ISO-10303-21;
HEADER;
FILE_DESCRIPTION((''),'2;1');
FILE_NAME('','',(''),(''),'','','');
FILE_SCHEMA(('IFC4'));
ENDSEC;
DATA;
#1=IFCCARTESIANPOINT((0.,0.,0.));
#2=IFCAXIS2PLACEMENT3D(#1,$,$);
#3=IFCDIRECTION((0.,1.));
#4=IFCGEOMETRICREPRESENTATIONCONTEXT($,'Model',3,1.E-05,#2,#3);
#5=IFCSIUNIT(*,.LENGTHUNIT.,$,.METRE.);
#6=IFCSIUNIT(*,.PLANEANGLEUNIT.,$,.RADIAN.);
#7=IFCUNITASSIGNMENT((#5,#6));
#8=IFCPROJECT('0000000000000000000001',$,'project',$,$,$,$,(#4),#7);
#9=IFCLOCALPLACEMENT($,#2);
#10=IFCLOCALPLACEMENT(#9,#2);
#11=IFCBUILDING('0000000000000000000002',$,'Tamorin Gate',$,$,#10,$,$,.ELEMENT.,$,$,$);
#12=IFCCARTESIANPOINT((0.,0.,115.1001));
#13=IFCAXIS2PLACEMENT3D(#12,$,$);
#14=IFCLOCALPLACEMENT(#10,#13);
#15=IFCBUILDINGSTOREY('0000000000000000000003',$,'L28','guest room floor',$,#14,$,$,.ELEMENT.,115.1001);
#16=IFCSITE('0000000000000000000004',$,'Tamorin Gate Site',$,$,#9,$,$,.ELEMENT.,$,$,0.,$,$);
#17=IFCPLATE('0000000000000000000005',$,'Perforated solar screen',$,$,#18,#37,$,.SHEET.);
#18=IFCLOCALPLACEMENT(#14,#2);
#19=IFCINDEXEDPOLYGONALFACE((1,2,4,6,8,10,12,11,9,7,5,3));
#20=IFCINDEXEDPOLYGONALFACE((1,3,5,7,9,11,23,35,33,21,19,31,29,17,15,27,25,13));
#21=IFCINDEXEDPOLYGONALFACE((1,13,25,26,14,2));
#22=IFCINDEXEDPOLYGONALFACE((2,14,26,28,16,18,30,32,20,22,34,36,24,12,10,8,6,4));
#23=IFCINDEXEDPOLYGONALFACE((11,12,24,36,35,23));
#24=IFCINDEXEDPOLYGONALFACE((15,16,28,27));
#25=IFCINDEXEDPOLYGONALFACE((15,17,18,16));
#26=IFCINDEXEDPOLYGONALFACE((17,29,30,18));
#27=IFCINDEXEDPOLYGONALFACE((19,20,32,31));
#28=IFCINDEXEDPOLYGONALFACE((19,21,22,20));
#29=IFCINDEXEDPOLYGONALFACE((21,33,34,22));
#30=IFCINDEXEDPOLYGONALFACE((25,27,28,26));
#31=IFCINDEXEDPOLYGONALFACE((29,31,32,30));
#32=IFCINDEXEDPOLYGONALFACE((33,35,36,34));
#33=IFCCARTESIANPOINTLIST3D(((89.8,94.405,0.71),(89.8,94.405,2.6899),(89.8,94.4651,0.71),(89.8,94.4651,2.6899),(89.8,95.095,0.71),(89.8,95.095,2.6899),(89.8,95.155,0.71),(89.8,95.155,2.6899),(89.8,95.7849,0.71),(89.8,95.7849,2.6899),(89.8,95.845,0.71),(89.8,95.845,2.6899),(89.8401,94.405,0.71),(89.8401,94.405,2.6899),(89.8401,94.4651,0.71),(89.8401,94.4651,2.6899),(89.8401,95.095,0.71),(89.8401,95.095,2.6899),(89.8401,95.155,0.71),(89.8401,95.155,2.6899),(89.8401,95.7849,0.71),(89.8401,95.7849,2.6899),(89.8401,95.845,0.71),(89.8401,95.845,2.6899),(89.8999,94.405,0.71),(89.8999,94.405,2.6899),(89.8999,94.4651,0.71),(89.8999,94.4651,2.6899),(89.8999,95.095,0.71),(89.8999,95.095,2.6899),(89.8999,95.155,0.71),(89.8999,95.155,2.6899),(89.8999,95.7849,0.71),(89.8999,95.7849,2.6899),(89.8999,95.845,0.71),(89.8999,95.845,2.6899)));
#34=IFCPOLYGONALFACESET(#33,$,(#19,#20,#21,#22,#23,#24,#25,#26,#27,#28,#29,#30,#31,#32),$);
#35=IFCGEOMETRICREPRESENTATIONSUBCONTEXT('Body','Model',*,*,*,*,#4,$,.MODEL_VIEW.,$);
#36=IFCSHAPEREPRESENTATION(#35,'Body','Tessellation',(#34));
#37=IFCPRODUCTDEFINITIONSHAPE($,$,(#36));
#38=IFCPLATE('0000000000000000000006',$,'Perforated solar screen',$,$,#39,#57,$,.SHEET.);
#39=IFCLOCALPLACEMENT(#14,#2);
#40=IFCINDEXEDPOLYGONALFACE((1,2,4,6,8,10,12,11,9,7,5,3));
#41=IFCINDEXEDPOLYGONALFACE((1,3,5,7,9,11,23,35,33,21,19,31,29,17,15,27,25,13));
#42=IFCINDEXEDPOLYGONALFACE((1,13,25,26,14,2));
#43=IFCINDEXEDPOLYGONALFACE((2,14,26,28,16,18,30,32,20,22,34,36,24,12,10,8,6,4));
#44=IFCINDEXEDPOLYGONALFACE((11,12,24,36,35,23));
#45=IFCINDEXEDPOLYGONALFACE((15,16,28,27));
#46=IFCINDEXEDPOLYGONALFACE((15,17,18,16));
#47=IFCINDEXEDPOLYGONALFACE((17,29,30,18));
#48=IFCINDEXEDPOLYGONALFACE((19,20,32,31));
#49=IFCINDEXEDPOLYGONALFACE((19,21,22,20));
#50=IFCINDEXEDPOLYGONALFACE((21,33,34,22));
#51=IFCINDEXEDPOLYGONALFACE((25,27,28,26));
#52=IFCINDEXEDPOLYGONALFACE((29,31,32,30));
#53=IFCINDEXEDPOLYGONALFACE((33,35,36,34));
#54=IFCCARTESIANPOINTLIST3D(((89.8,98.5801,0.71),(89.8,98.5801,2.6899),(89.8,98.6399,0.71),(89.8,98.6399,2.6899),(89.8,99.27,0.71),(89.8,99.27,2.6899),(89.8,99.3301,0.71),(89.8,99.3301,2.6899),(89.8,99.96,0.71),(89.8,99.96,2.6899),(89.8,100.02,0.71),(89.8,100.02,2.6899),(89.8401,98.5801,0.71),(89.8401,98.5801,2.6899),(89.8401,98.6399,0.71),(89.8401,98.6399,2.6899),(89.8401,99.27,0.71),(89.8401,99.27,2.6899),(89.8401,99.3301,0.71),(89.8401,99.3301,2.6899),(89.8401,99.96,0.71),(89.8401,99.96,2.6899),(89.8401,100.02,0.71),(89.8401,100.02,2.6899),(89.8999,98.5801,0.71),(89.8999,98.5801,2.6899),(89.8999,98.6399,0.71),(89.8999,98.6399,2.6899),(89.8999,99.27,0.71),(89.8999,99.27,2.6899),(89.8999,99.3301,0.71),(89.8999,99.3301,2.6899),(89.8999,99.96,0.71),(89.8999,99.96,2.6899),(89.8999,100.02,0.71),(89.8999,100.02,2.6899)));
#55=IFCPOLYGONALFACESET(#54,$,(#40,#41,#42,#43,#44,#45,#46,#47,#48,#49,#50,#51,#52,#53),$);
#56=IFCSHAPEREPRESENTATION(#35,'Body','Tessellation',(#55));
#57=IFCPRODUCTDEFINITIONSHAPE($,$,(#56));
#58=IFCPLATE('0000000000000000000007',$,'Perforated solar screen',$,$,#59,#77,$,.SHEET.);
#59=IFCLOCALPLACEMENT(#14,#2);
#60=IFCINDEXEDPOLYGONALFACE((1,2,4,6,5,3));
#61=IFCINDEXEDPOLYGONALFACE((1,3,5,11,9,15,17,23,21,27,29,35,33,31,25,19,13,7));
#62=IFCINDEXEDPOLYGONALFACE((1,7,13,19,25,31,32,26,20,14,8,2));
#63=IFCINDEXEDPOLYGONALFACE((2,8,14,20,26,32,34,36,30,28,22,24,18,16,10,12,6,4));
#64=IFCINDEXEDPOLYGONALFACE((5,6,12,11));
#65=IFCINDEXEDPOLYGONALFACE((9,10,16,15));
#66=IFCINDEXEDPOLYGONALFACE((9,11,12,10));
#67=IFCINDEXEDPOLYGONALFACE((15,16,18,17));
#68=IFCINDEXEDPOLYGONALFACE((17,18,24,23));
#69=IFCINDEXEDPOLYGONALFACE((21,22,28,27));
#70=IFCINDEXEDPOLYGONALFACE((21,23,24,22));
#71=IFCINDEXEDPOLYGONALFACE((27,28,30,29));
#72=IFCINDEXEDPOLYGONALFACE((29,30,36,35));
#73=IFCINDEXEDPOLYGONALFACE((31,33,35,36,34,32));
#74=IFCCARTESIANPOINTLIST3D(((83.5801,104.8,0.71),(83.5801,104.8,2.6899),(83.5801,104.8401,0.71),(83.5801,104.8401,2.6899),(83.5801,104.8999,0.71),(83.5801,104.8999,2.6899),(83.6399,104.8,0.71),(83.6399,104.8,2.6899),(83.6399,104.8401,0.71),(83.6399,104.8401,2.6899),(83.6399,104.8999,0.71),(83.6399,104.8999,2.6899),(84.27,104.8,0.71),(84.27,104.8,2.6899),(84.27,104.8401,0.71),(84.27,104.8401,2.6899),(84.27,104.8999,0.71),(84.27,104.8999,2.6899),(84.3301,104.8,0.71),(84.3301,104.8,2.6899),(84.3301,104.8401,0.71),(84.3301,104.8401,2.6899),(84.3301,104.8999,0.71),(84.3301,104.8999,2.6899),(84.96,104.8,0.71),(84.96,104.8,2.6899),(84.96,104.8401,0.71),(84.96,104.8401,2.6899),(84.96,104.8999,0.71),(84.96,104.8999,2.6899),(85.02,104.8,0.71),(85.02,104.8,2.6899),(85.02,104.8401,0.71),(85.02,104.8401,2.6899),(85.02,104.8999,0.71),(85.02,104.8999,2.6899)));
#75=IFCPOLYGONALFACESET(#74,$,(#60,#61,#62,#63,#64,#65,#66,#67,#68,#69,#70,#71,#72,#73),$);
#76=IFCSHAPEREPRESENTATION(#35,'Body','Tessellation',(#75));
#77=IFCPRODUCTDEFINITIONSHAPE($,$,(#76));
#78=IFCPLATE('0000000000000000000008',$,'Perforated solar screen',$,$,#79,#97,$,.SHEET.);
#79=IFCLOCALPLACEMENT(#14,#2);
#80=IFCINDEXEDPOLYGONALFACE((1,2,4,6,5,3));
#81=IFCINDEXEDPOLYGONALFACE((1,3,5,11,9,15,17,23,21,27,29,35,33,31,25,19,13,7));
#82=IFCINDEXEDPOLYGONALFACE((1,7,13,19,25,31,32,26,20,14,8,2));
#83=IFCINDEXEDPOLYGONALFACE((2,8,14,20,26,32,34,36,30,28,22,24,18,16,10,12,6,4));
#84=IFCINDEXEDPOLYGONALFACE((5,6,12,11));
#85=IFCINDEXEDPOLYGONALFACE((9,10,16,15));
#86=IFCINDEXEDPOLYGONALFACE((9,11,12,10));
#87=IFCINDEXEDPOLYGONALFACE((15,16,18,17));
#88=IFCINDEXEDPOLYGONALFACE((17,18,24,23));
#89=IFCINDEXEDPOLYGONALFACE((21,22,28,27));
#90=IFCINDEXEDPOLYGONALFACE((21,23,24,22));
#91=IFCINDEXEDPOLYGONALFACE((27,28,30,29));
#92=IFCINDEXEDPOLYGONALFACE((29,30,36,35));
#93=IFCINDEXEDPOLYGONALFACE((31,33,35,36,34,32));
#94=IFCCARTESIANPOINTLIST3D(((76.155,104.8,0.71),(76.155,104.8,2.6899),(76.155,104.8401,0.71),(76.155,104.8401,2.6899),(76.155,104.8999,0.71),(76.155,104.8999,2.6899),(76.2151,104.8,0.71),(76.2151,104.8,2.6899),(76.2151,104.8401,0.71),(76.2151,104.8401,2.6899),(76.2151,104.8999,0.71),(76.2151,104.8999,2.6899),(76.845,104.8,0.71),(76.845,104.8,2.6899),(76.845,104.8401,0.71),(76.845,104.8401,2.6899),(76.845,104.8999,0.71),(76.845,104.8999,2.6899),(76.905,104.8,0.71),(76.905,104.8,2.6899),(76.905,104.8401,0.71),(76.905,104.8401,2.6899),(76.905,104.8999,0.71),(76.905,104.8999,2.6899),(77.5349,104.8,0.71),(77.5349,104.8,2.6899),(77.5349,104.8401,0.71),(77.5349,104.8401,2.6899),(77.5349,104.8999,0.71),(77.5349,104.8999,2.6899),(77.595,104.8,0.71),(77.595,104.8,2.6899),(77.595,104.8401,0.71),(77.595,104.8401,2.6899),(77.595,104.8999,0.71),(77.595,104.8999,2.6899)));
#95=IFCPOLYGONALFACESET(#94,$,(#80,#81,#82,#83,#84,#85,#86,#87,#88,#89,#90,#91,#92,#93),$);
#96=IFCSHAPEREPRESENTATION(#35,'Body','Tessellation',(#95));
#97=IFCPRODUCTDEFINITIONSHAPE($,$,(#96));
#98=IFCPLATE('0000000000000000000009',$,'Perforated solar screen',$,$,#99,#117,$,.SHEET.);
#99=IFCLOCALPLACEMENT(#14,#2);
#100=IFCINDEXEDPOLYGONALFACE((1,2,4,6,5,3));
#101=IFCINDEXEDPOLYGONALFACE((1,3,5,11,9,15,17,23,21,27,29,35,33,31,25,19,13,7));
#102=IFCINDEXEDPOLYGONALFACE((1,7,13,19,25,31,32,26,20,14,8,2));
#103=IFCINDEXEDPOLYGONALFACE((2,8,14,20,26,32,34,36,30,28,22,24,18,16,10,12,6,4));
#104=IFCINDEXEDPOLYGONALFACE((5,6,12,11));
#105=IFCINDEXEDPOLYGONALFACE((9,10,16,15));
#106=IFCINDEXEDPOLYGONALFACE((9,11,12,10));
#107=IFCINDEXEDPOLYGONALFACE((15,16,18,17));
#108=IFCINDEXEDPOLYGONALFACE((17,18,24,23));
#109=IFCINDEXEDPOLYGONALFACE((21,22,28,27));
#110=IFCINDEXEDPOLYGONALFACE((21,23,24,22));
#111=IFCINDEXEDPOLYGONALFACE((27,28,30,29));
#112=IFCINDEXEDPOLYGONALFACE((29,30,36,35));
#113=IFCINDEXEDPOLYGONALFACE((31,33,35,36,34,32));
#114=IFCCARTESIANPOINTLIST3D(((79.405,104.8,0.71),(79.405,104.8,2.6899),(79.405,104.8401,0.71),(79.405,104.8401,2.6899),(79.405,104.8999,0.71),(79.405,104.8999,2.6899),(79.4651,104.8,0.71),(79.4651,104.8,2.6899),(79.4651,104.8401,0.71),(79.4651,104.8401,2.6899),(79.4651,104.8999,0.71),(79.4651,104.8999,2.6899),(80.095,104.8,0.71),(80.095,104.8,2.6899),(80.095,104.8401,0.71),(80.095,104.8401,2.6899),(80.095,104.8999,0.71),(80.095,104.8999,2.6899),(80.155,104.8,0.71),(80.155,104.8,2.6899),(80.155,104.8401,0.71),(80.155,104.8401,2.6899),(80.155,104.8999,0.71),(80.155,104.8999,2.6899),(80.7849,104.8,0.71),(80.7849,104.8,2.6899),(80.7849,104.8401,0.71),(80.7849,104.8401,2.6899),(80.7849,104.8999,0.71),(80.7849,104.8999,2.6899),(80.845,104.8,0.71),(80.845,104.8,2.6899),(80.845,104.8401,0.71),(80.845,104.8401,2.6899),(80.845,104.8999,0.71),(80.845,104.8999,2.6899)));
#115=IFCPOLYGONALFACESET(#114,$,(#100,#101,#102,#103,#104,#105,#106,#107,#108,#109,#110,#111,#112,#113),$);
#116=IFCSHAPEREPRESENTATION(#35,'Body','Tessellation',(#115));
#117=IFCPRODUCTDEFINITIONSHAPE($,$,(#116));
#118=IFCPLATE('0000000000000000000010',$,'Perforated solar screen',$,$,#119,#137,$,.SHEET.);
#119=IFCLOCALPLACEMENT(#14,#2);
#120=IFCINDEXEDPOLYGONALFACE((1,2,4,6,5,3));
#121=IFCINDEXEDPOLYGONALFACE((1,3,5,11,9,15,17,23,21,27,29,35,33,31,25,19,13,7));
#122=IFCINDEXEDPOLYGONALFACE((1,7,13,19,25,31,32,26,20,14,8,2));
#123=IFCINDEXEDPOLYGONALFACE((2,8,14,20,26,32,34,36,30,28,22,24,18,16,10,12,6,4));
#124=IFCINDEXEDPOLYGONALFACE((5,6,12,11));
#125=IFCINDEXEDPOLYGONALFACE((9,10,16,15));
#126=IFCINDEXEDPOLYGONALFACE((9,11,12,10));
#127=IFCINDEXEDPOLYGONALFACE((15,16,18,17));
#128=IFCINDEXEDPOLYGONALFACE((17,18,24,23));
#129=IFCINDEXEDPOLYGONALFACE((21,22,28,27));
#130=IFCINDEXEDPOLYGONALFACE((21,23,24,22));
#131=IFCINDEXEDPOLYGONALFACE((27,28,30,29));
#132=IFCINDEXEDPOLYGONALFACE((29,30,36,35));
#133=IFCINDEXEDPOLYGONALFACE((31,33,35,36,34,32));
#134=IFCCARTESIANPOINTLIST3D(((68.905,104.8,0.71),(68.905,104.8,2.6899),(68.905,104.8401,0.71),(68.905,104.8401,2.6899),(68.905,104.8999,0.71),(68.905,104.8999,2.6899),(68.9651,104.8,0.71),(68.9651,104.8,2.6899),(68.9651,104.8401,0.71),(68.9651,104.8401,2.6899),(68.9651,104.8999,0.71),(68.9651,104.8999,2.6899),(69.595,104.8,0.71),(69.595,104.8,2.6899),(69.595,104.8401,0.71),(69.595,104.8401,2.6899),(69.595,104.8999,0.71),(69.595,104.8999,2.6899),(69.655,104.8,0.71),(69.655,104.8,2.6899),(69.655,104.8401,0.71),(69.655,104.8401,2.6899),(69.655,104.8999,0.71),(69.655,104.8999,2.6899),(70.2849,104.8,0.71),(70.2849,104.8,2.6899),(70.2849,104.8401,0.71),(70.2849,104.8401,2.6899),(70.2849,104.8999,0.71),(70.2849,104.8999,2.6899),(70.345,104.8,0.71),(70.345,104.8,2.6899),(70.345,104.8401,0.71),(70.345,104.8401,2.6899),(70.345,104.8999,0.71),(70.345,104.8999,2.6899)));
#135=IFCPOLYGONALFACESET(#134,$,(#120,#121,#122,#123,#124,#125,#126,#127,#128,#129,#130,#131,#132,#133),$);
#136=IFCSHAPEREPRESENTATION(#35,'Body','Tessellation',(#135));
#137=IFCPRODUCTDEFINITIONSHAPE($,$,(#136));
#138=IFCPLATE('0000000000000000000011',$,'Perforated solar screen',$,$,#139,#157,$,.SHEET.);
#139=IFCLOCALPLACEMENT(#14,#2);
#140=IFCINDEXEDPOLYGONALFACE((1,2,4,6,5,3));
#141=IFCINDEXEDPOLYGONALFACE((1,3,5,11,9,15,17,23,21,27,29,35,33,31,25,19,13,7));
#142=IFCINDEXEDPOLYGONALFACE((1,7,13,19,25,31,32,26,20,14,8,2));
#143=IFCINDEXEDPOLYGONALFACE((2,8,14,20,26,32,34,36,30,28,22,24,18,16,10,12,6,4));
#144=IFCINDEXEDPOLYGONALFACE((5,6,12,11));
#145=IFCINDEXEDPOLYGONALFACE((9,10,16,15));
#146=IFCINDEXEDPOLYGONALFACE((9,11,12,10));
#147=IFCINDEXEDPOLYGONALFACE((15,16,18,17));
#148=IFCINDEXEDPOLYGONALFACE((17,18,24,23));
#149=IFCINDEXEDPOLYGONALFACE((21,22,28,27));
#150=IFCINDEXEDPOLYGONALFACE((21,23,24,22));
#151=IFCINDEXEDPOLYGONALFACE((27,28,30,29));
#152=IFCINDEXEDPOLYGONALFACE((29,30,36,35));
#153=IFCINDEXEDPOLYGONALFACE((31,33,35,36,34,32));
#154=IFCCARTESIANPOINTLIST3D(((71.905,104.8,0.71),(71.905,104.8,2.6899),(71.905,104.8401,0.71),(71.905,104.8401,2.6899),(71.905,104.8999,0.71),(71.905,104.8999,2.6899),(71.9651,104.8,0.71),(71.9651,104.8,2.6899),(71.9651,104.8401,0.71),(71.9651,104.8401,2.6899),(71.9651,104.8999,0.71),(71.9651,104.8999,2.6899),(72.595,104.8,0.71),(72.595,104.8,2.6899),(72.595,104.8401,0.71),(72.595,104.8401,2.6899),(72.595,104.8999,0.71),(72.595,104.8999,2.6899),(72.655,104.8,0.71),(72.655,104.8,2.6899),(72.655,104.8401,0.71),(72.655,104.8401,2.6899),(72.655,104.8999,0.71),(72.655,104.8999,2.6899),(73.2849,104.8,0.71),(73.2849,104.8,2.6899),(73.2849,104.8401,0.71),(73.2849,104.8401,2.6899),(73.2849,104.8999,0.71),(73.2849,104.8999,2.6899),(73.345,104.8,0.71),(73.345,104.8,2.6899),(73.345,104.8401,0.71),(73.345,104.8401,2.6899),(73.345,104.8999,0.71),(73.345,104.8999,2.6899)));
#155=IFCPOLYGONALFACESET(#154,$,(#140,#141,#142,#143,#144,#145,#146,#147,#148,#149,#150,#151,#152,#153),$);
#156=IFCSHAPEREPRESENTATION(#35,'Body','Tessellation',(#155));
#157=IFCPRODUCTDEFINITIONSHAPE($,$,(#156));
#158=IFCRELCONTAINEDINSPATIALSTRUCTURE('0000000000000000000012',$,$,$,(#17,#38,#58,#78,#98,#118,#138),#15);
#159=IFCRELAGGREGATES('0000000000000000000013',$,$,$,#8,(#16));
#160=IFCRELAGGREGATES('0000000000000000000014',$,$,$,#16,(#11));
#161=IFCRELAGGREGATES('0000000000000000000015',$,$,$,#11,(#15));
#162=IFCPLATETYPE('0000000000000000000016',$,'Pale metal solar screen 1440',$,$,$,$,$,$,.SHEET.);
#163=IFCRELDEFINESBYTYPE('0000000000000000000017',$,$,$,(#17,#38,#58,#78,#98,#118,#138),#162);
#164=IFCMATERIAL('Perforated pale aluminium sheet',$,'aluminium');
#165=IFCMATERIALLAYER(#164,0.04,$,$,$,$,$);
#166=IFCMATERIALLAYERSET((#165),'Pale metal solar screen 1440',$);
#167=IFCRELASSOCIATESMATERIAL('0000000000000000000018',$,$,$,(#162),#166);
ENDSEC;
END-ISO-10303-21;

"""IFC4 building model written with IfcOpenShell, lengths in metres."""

from ifc_helpers import new_model, si_unit, direction, frame, origin, place, context, subcontext, project, spatial, polyline, outline, extrude, material, layer, layer_set, type_object, element, save


model = new_model("IFC4")

# Units and contexts
model_context = context("Model", 3, precision=1e-05, world=origin(), true_north=direction((0.0, 1.0)))
body_context = subcontext(model_context, "Body", "Model", "MODEL_VIEW")
ifc_project = project(units=[si_unit("LENGTHUNIT", "METRE"), si_unit("PLANEANGLEUNIT", "RADIAN")], contexts=[model_context])

# Site, building, storey
site_placement = place(None, origin())
site = spatial("IfcSite", under=ifc_project, at=site_placement, Name="Tamorin Gate Site", CompositionType="ELEMENT", RefElevation=0.0)
building_placement = place(site_placement, origin())
building = spatial("IfcBuilding", under=site, at=building_placement, Name="Tamorin Gate", CompositionType="ELEMENT")
storey_placement = place(building_placement, frame((0.0, 0.0, 115.1001)))
storey = spatial("IfcBuildingStorey", under=building, at=storey_placement, Name="L28", Description="guest room floor", CompositionType="ELEMENT", Elevation=115.1001)

# Plates
ifc_material = material(Name="Perforated pale aluminium sheet", Category="aluminium")
ifc_layer = layer(ifc_material, 0.04)
ifc_layer_set = layer_set([ifc_layer], Name="Pale metal solar screen 1440")
plate_type = type_object("IfcPlateType", Name="Pale metal solar screen 1440", PredefinedType="SHEET", material=ifc_layer_set)
plate_1_placement = place(storey_placement, frame((0.0, 0.0, 0.71)))
element("IfcPlate", 1, at=plate_1_placement, inside=storey, type_object=plate_type, Name="Perforated solar screen", PredefinedType="SHEET", context=body_context, shape_type="SweptSolid", body=[
    extrude(outline(polyline([(89.8401, 94.405), (89.8, 94.405), (89.8, 94.4651), (89.8, 95.095), (89.8, 95.155), (89.8, 95.7849), (89.8, 95.845), (89.8401, 95.845), (89.8999, 95.845), (89.8999, 95.7849), (89.8401, 95.7849), (89.8401, 95.155), (89.8999, 95.155), (89.8999, 95.095), (89.8401, 95.095), (89.8401, 94.4651), (89.8999, 94.4651), (89.8999, 94.405), (89.8401, 94.405)])), origin(), (0.0, 0.0, 1.0), 1.98),
])
plate_2_placement = place(storey_placement, frame((0.0, 0.0, 0.71)))
element("IfcPlate", 2, at=plate_2_placement, inside=storey, type_object=plate_type, Name="Perforated solar screen", PredefinedType="SHEET", context=body_context, shape_type="SweptSolid", body=[
    extrude(outline(polyline([(89.8401, 98.5801), (89.8, 98.5801), (89.8, 98.6399), (89.8, 99.27), (89.8, 99.3301), (89.8, 99.96), (89.8, 100.02), (89.8401, 100.02), (89.8999, 100.02), (89.8999, 99.96), (89.8401, 99.96), (89.8401, 99.3301), (89.8999, 99.3301), (89.8999, 99.27), (89.8401, 99.27), (89.8401, 98.6399), (89.8999, 98.6399), (89.8999, 98.5801), (89.8401, 98.5801)])), origin(), (0.0, 0.0, 1.0), 1.98),
])
plate_3_placement = place(storey_placement, frame((0.0, 0.0, 0.71)))
element("IfcPlate", 3, at=plate_3_placement, inside=storey, type_object=plate_type, Name="Perforated solar screen", PredefinedType="SHEET", context=body_context, shape_type="SweptSolid", body=[
    extrude(outline(polyline([(85.02, 104.8401), (85.02, 104.8), (84.96, 104.8), (84.3301, 104.8), (84.27, 104.8), (83.6399, 104.8), (83.5801, 104.8), (83.5801, 104.8401), (83.5801, 104.8999), (83.6399, 104.8999), (83.6399, 104.8401), (84.27, 104.8401), (84.27, 104.8999), (84.3301, 104.8999), (84.3301, 104.8401), (84.96, 104.8401), (84.96, 104.8999), (85.02, 104.8999), (85.02, 104.8401)])), origin(), (0.0, 0.0, 1.0), 1.98),
])
plate_4_placement = place(storey_placement, frame((0.0, 0.0, 0.71)))
element("IfcPlate", 4, at=plate_4_placement, inside=storey, type_object=plate_type, Name="Perforated solar screen", PredefinedType="SHEET", context=body_context, shape_type="SweptSolid", body=[
    extrude(outline(polyline([(77.595, 104.8401), (77.595, 104.8), (77.5349, 104.8), (76.905, 104.8), (76.845, 104.8), (76.2151, 104.8), (76.155, 104.8), (76.155, 104.8401), (76.155, 104.8999), (76.2151, 104.8999), (76.2151, 104.8401), (76.845, 104.8401), (76.845, 104.8999), (76.905, 104.8999), (76.905, 104.8401), (77.5349, 104.8401), (77.5349, 104.8999), (77.595, 104.8999), (77.595, 104.8401)])), origin(), (0.0, 0.0, 1.0), 1.98),
])
plate_5_placement = place(storey_placement, frame((0.0, 0.0, 0.71)))
element("IfcPlate", 5, at=plate_5_placement, inside=storey, type_object=plate_type, Name="Perforated solar screen", PredefinedType="SHEET", context=body_context, shape_type="SweptSolid", body=[
    extrude(outline(polyline([(80.845, 104.8401), (80.845, 104.8), (80.7849, 104.8), (80.155, 104.8), (80.095, 104.8), (79.4651, 104.8), (79.405, 104.8), (79.405, 104.8), (79.405, 104.8401), (79.405, 104.8401), (79.405, 104.8999), (79.4651, 104.8999), (79.4651, 104.8401), (80.095, 104.8401), (80.095, 104.8999), (80.155, 104.8999), (80.155, 104.8401), (80.7849, 104.8401), (80.7849, 104.8999), (80.845, 104.8999), (80.845, 104.8401)])), origin(), (0.0, 0.0, 1.0), 1.98),
])
plate_6_placement = place(storey_placement, frame((0.0, 0.0, 0.71)))
element("IfcPlate", 6, at=plate_6_placement, inside=storey, type_object=plate_type, Name="Perforated solar screen", PredefinedType="SHEET", context=body_context, shape_type="SweptSolid", body=[
    extrude(outline(polyline([(70.345, 104.8401), (70.345, 104.8), (70.2849, 104.8), (69.655, 104.8), (69.595, 104.8), (68.9651, 104.8), (68.905, 104.8), (68.905, 104.8401), (68.905, 104.8999), (68.9651, 104.8999), (68.9651, 104.8401), (69.595, 104.8401), (69.595, 104.8999), (69.655, 104.8999), (69.655, 104.8401), (70.2849, 104.8401), (70.2849, 104.8999), (70.345, 104.8999), (70.345, 104.8401)])), origin(), (0.0, 0.0, 1.0), 1.98),
])
plate_7_placement = place(storey_placement, frame((0.0, 0.0, 0.71)))
element("IfcPlate", 7, at=plate_7_placement, inside=storey, type_object=plate_type, Name="Perforated solar screen", PredefinedType="SHEET", context=body_context, shape_type="SweptSolid", body=[
    extrude(outline(polyline([(73.345, 104.8401), (73.345, 104.8), (73.2849, 104.8), (72.655, 104.8), (72.595, 104.8), (71.9651, 104.8), (71.905, 104.8), (71.905, 104.8401), (71.905, 104.8999), (71.9651, 104.8999), (71.9651, 104.8401), (72.595, 104.8401), (72.595, 104.8999), (72.655, 104.8999), (72.655, 104.8401), (73.2849, 104.8401), (73.2849, 104.8999), (73.345, 104.8999), (73.345, 104.8401)])), origin(), (0.0, 0.0, 1.0), 1.98),
])

save(model, "model.ifc")
